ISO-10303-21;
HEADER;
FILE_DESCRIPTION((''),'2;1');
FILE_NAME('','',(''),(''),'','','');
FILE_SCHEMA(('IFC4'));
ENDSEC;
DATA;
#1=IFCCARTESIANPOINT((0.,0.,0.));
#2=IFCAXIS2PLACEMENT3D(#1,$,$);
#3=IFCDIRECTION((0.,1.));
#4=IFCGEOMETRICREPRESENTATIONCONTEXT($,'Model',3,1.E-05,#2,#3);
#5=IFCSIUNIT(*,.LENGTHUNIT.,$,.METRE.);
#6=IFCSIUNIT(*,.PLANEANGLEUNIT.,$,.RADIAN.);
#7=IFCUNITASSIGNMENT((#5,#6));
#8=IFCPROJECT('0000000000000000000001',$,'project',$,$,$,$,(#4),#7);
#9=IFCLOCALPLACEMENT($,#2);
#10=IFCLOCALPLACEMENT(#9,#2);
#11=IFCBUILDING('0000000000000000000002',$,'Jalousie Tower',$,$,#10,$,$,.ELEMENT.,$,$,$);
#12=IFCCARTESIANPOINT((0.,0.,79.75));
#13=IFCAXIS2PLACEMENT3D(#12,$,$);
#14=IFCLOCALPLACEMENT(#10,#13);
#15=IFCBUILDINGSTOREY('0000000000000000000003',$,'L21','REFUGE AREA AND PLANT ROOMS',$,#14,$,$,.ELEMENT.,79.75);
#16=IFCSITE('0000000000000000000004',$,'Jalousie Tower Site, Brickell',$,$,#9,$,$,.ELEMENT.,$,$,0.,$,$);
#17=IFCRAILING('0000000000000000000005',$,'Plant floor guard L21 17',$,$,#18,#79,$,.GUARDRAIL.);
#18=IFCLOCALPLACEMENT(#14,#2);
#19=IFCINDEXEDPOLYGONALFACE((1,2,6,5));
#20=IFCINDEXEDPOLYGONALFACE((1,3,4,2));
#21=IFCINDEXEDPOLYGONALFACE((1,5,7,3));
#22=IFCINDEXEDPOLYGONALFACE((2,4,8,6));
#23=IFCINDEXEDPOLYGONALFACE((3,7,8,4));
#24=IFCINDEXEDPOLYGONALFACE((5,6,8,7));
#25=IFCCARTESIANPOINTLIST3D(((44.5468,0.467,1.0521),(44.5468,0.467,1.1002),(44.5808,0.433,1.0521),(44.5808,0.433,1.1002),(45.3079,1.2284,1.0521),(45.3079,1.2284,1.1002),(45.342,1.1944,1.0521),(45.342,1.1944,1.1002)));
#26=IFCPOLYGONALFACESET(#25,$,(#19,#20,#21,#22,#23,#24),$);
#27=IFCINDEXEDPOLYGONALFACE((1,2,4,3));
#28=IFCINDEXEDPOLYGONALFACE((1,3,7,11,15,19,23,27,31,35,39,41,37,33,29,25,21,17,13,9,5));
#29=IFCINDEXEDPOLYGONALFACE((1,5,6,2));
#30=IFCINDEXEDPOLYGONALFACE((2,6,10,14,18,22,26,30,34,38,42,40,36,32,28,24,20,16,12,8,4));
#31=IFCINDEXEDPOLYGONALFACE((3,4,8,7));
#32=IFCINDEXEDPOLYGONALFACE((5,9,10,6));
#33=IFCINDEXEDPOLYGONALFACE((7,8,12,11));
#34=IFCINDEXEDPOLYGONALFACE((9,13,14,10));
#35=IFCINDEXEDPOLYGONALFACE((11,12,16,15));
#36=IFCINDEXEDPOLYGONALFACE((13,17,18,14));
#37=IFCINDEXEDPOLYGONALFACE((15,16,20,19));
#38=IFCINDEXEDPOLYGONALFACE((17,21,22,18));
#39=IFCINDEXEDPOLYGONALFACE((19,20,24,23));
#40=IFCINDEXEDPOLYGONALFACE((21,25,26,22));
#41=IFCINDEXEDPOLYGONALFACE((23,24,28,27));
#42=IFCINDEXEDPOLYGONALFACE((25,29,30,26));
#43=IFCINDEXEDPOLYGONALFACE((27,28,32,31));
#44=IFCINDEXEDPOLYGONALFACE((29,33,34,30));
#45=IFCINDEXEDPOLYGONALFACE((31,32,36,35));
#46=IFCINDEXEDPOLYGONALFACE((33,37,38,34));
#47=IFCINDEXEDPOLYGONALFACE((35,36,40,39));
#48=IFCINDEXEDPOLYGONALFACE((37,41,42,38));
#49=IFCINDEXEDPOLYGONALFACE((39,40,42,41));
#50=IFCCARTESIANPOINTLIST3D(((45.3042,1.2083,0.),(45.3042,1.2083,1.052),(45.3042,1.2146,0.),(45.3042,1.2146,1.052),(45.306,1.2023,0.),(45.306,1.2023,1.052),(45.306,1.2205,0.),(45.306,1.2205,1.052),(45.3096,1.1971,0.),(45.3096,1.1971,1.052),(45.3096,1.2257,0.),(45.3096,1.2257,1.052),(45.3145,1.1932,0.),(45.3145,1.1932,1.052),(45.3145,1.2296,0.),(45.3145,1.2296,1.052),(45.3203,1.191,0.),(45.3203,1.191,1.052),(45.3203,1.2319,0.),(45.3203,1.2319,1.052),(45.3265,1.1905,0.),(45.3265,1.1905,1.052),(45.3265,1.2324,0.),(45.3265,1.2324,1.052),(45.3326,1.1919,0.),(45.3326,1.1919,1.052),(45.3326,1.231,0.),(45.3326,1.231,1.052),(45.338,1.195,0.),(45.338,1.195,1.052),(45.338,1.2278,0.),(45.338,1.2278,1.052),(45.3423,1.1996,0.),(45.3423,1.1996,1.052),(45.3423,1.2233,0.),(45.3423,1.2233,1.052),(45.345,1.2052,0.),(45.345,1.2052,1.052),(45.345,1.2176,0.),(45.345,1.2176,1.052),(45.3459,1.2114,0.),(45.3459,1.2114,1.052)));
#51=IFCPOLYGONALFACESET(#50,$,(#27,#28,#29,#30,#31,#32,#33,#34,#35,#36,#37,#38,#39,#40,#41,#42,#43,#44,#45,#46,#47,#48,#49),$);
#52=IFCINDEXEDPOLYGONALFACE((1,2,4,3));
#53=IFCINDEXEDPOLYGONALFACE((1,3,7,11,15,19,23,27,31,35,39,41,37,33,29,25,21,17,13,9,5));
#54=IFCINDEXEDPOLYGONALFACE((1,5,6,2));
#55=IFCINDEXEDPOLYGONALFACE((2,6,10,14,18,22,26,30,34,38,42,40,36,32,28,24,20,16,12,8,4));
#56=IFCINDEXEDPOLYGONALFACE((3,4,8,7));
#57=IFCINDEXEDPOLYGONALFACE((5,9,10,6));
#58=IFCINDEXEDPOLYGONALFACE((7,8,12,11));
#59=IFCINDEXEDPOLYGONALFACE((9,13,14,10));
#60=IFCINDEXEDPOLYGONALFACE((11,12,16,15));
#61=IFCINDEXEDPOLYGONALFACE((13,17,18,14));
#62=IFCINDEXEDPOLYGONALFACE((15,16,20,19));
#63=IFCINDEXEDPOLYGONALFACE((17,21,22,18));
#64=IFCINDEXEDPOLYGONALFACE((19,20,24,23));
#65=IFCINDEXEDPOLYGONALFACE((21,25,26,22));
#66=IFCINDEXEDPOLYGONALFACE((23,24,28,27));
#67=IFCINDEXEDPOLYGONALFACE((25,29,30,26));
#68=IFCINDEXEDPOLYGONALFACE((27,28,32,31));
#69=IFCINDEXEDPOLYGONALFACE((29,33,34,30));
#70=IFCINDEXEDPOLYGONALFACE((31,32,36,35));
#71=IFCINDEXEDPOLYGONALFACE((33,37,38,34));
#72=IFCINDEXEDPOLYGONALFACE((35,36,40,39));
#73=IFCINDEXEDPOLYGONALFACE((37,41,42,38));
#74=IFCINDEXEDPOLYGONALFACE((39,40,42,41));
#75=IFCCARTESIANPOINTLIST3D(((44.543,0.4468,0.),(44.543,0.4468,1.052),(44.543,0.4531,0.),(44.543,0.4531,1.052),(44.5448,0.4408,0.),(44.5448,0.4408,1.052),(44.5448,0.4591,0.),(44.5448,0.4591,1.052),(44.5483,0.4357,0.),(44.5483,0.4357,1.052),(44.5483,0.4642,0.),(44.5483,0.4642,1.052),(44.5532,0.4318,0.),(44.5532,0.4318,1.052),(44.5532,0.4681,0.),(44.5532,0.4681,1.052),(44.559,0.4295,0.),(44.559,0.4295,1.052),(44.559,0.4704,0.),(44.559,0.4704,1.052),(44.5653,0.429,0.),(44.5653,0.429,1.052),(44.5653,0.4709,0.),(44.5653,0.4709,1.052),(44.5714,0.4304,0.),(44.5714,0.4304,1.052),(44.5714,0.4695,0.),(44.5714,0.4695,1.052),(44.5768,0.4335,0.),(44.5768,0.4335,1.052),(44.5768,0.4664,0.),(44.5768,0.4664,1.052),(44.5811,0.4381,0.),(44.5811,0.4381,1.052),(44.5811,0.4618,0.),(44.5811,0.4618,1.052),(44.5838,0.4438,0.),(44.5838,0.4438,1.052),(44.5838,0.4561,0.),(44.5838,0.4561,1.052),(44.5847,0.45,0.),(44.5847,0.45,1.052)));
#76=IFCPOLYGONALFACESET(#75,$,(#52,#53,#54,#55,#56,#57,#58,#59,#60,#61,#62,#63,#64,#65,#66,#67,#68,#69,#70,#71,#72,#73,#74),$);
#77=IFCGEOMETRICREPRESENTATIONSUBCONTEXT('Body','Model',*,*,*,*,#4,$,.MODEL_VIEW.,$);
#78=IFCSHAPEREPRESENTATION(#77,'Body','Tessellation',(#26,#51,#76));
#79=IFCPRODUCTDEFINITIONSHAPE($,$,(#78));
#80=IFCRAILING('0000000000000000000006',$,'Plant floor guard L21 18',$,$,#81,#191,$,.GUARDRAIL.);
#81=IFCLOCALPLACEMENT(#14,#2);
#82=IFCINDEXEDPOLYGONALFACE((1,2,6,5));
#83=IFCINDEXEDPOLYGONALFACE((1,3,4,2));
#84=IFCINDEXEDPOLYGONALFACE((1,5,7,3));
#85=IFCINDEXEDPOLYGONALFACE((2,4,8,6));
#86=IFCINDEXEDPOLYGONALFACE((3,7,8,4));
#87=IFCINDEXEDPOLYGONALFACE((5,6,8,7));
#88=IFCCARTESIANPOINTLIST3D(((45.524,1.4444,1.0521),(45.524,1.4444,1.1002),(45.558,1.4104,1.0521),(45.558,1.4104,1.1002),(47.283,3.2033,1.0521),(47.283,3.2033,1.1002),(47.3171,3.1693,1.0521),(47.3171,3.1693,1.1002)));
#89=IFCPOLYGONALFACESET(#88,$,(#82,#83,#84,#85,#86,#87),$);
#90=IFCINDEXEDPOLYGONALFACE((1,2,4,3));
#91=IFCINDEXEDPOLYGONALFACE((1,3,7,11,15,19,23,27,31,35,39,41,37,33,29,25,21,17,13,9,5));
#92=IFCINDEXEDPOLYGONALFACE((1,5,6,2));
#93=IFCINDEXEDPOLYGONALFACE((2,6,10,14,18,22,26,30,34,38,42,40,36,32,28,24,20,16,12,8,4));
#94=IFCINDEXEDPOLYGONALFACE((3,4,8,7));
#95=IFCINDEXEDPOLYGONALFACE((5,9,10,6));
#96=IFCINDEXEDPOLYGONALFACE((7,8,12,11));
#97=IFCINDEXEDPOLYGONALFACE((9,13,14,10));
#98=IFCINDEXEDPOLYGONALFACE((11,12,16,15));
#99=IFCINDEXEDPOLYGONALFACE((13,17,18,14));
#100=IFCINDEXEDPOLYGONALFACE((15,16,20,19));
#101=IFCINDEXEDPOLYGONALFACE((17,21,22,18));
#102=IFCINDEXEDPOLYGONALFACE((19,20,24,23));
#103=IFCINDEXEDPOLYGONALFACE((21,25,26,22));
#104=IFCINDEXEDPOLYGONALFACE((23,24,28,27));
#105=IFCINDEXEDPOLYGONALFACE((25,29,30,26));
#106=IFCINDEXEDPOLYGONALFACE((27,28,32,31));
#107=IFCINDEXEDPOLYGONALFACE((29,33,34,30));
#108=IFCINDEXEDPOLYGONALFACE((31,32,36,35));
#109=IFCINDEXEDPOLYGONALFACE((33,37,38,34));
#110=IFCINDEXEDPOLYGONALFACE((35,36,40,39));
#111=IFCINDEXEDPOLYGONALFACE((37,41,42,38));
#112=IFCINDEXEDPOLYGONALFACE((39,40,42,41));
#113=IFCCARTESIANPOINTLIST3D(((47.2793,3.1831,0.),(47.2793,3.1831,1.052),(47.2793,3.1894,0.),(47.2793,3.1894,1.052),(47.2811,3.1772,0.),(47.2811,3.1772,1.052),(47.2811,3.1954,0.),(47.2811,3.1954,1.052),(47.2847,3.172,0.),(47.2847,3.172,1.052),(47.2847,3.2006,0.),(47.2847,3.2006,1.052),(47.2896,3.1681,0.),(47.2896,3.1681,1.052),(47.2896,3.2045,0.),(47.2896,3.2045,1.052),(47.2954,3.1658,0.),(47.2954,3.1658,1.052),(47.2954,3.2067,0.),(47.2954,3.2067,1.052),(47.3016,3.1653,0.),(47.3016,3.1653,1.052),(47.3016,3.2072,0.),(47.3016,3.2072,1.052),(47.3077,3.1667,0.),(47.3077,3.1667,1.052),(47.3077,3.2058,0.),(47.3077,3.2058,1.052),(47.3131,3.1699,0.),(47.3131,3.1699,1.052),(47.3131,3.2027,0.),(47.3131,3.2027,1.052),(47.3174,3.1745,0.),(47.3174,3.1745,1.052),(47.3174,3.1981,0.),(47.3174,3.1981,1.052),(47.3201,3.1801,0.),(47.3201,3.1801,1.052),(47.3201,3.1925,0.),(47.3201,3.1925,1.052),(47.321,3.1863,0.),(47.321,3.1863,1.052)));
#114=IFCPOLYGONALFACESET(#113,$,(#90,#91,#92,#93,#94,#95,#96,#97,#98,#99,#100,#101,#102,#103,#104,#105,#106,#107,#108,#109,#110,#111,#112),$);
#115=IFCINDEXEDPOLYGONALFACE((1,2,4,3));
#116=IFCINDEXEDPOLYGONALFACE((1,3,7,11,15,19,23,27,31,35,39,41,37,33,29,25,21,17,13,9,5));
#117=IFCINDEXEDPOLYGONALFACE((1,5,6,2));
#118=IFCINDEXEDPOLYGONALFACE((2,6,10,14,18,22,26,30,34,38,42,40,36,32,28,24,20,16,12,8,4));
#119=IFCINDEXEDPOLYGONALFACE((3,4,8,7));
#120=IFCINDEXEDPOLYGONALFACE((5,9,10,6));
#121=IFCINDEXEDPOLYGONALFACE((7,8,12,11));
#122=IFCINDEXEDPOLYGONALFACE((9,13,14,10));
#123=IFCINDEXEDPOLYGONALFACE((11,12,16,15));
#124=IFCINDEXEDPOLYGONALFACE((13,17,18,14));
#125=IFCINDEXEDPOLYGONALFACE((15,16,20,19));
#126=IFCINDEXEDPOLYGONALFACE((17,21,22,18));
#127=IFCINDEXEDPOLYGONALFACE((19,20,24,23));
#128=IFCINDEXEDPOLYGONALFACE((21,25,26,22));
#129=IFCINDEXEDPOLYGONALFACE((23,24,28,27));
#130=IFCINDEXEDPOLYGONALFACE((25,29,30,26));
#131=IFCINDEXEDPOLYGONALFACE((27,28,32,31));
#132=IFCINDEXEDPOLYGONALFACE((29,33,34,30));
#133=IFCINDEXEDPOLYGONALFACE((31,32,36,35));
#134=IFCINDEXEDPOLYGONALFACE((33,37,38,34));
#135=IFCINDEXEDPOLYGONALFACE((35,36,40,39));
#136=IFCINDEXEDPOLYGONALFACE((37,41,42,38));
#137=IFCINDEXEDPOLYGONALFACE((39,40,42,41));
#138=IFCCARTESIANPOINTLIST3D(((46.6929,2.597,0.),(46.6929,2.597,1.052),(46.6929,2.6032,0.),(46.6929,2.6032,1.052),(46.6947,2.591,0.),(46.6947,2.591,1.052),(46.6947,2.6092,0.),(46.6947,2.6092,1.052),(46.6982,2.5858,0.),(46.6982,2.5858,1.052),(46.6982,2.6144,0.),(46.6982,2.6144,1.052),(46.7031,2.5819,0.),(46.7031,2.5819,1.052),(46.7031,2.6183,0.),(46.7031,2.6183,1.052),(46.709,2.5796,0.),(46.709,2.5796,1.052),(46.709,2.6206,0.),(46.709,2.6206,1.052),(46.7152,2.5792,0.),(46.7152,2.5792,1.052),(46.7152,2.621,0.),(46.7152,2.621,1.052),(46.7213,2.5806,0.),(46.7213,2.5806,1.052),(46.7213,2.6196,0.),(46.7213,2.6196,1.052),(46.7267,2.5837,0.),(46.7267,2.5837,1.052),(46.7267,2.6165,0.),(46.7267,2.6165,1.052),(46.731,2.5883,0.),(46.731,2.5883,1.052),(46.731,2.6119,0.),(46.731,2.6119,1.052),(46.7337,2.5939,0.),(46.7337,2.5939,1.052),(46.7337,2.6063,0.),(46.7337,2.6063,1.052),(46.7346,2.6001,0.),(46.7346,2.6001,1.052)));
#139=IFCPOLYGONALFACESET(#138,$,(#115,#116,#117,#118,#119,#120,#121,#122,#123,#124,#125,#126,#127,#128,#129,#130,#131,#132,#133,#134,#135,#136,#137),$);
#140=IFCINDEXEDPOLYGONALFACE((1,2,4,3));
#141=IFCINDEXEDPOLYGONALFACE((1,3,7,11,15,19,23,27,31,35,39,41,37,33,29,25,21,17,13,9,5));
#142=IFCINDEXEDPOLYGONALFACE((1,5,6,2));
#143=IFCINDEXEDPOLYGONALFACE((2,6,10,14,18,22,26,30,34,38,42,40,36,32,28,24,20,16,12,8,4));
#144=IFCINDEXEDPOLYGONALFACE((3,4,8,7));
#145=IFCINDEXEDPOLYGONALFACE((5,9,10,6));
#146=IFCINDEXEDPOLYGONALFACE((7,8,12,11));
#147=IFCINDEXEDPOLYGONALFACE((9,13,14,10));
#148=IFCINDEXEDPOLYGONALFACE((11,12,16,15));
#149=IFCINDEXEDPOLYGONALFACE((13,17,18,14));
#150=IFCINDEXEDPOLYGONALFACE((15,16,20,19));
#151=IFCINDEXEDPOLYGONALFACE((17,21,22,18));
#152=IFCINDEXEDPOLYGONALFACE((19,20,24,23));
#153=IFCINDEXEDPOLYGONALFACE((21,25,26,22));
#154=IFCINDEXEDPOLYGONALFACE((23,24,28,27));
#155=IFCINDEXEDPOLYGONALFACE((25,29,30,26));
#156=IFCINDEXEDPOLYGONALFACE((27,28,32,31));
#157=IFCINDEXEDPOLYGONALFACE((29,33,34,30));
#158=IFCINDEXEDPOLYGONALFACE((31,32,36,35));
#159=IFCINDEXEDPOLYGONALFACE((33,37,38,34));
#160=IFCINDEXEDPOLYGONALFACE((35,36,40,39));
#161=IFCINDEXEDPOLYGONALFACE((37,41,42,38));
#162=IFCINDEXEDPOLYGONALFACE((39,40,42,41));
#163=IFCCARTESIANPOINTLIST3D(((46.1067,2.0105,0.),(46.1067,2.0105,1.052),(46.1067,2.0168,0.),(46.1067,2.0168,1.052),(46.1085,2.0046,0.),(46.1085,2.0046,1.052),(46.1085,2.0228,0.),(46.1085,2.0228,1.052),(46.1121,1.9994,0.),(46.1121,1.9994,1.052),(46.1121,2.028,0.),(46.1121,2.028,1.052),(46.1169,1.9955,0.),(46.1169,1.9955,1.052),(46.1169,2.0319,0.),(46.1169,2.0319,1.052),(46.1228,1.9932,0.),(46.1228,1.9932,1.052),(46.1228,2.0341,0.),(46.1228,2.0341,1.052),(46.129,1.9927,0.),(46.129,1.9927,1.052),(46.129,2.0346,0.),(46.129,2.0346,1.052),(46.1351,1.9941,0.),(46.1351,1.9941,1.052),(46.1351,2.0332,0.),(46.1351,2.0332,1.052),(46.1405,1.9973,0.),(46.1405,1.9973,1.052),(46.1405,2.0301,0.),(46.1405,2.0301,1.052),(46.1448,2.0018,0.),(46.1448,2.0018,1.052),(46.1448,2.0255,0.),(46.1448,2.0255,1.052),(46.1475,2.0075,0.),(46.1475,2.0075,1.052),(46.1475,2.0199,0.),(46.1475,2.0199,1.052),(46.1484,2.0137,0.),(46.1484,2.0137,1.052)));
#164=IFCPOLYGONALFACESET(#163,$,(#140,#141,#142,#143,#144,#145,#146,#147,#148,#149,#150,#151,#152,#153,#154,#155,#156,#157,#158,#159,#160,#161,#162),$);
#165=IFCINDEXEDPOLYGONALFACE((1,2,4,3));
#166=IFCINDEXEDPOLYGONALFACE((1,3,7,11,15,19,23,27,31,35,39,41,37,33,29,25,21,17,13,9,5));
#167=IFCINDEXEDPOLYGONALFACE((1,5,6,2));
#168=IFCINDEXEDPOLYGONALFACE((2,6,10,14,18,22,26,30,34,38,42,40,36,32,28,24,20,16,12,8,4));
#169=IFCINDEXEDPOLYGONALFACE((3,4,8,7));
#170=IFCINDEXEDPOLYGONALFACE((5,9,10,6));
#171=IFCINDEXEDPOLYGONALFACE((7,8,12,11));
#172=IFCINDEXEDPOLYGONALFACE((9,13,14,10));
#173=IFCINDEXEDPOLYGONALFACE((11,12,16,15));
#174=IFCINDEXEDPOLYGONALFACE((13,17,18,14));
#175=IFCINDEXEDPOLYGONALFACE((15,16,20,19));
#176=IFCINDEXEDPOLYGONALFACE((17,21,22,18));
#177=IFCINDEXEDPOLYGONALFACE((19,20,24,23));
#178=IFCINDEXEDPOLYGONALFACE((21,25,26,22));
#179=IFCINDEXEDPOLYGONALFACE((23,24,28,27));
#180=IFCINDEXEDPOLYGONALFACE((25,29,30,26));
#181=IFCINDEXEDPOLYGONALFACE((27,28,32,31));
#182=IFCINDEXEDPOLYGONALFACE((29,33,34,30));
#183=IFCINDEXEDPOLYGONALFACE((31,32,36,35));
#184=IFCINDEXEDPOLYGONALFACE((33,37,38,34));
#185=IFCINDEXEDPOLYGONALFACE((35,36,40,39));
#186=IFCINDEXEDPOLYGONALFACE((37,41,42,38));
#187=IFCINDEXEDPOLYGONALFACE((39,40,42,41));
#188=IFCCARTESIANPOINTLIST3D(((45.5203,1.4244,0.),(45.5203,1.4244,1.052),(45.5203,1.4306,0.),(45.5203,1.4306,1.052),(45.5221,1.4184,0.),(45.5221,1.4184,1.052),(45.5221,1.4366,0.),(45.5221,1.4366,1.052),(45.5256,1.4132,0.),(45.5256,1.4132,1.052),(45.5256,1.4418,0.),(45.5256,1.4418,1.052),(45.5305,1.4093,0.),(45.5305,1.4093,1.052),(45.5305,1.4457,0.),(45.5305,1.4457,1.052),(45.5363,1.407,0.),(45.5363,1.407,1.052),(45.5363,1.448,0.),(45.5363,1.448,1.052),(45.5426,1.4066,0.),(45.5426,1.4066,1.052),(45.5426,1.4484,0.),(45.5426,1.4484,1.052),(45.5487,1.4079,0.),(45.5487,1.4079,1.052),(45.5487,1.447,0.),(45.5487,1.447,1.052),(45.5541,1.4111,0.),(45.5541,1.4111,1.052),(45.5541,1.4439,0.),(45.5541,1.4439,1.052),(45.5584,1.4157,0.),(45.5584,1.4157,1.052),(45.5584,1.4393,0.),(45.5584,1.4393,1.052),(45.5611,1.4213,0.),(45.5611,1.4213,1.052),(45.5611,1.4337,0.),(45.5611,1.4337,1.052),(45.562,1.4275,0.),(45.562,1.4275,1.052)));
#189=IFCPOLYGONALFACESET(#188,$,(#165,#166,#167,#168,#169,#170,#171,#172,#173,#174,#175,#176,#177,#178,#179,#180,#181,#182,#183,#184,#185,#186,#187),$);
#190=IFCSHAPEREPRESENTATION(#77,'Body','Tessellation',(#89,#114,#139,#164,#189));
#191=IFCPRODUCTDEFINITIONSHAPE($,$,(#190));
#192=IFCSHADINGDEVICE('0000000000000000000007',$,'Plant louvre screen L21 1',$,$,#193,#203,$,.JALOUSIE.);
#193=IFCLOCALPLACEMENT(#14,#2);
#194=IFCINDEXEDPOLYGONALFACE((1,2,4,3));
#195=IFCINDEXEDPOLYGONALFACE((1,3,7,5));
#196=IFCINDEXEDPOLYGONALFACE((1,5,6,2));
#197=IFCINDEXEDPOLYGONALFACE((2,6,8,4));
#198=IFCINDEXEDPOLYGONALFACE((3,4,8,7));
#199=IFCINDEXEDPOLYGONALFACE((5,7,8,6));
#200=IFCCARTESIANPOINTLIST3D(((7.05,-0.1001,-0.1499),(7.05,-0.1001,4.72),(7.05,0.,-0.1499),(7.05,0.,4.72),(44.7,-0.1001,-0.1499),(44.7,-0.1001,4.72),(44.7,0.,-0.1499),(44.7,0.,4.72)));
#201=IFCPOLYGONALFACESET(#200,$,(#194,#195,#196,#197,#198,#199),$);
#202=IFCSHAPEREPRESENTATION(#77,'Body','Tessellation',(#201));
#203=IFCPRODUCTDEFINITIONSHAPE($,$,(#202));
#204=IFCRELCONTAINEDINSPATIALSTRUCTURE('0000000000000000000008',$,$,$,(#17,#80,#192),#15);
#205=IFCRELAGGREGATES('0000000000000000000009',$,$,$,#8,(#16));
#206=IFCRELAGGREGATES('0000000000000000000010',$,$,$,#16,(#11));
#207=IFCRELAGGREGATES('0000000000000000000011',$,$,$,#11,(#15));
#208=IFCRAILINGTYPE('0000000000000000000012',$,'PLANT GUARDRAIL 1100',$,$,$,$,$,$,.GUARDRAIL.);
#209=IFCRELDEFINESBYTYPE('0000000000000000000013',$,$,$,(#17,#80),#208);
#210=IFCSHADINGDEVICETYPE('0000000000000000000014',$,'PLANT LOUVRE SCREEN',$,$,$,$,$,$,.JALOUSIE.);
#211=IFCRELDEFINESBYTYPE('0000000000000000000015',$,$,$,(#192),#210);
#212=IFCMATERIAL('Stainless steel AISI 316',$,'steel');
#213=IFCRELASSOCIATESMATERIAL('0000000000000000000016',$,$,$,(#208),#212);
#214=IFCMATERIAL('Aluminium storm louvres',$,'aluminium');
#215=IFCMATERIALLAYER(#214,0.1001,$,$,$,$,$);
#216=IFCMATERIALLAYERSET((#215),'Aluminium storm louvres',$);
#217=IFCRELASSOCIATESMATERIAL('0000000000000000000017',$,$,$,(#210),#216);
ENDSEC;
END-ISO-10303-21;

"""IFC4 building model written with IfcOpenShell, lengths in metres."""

from ifc_helpers import new_model, si_unit, direction, frame, origin, origin_2d, place, context, subcontext, project, spatial, polyline, rectangle, circle, outline, extrude, material, layer, layer_set, type_object, element, save


model = new_model("IFC4")

# Units and contexts
model_context = context("Model", 3, precision=1e-05, world=origin(), true_north=direction((0.0, 1.0)))
body_context = subcontext(model_context, "Body", "Model", "MODEL_VIEW")
ifc_project = project(units=[si_unit("LENGTHUNIT", "METRE"), si_unit("PLANEANGLEUNIT", "RADIAN")], contexts=[model_context])

# Site, building, storey
site_placement = place(None, origin())
site = spatial("IfcSite", under=ifc_project, at=site_placement, Name="Jalousie Tower Site, Brickell", CompositionType="ELEMENT", RefElevation=0.0)
building_placement = place(site_placement, origin())
building = spatial("IfcBuilding", under=site, at=building_placement, Name="Jalousie Tower", CompositionType="ELEMENT")
storey_placement = place(building_placement, frame((0.0, 0.0, 79.75)))
storey = spatial("IfcBuildingStorey", under=building, at=storey_placement, Name="L21", Description="REFUGE AREA AND PLANT ROOMS", CompositionType="ELEMENT", Elevation=79.75)

# Railings
ifc_material_1 = material(Name="Stainless steel AISI 316", Category="steel")
railing_type = type_object("IfcRailingType", Name="PLANT GUARDRAIL 1100", PredefinedType="GUARDRAIL", material=ifc_material_1)
railing_1_placement = place(storey_placement, frame((45.325, 1.2114, 0.0)))
element("IfcRailing", 1, at=railing_1_placement, inside=storey, type_object=railing_type, Name="Plant floor guard L21 17", PredefinedType="GUARDRAIL", context=body_context, shape_type="SweptSolid", body=[
    extrude(rectangle(XDim=0.0481, YDim=0.0481, at=origin_2d()), frame((0.0, 0.0, 1.0762), z_axis=(-0.706993, -0.70722, 0.0), x_axis=(0.70722, -0.706993, 0.0)), (0.0, 0.0, 1.0), 1.0767),
    extrude(circle(Radius=0.021, at=origin_2d()), origin(), (0.0, 0.0, 1.0), 1.052),
    extrude(circle(Radius=0.021, at=origin_2d()), frame((-0.7612, -0.7615, 0.0)), (0.0, 0.0, 1.0), 1.052),
])
railing_2_placement = place(storey_placement, frame((47.3, 3.1863, 0.0)))
element("IfcRailing", 2, at=railing_2_placement, inside=storey, type_object=railing_type, Name="Plant floor guard L21 18", PredefinedType="GUARDRAIL", context=body_context, shape_type="SweptSolid", body=[
    extrude(rectangle(XDim=0.0481, YDim=0.0481, at=origin_2d()), frame((0.0, 0.0, 1.0762), z_axis=(-0.707156, -0.707058, 0.0), x_axis=(0.707058, -0.707156, 0.0)), (0.0, 0.0, 1.0), 2.4875),
    extrude(circle(Radius=0.021, at=origin_2d()), origin(), (0.0, 0.0, 1.0), 1.052),
    extrude(circle(Radius=0.021, at=origin_2d()), frame((-0.5864, -0.5862, 0.0)), (0.0, 0.0, 1.0), 1.052),
    extrude(circle(Radius=0.021, at=origin_2d()), frame((-1.1726, -1.1726, 0.0)), (0.0, 0.0, 1.0), 1.052),
    extrude(circle(Radius=0.021, at=origin_2d()), frame((-1.759, -1.7588, 0.0)), (0.0, 0.0, 1.0), 1.052),
])

# Shading device
ifc_material_2 = material(Name="Aluminium storm louvres", Category="aluminium")
ifc_layer = layer(ifc_material_2, 0.1001)
ifc_layer_set = layer_set([ifc_layer], Name="Aluminium storm louvres")
shading_device_type = type_object("IfcShadingDeviceType", Name="PLANT LOUVRE SCREEN", PredefinedType="JALOUSIE", material=ifc_layer_set)
shading_device_1_placement = place(storey_placement, frame((44.7, -0.1001, -0.1499), z_axis=(0.0, -1.0, 0.0), x_axis=(0.0, 0.0, 1.0)))
element("IfcShadingDevice", 3, at=shading_device_1_placement, inside=storey, type_object=shading_device_type, Name="Plant louvre screen L21 1", PredefinedType="JALOUSIE", context=body_context, shape_type="SweptSolid", body=[
    extrude(outline(polyline([(0.0, 0.0), (4.8699, 0.0), (4.8699, 37.6499), (0.0, 37.6499), (0.0, 0.0)])), origin(), (0.0, 0.0, -1.0), 0.1001),
])

save(model, "model.ifc")
